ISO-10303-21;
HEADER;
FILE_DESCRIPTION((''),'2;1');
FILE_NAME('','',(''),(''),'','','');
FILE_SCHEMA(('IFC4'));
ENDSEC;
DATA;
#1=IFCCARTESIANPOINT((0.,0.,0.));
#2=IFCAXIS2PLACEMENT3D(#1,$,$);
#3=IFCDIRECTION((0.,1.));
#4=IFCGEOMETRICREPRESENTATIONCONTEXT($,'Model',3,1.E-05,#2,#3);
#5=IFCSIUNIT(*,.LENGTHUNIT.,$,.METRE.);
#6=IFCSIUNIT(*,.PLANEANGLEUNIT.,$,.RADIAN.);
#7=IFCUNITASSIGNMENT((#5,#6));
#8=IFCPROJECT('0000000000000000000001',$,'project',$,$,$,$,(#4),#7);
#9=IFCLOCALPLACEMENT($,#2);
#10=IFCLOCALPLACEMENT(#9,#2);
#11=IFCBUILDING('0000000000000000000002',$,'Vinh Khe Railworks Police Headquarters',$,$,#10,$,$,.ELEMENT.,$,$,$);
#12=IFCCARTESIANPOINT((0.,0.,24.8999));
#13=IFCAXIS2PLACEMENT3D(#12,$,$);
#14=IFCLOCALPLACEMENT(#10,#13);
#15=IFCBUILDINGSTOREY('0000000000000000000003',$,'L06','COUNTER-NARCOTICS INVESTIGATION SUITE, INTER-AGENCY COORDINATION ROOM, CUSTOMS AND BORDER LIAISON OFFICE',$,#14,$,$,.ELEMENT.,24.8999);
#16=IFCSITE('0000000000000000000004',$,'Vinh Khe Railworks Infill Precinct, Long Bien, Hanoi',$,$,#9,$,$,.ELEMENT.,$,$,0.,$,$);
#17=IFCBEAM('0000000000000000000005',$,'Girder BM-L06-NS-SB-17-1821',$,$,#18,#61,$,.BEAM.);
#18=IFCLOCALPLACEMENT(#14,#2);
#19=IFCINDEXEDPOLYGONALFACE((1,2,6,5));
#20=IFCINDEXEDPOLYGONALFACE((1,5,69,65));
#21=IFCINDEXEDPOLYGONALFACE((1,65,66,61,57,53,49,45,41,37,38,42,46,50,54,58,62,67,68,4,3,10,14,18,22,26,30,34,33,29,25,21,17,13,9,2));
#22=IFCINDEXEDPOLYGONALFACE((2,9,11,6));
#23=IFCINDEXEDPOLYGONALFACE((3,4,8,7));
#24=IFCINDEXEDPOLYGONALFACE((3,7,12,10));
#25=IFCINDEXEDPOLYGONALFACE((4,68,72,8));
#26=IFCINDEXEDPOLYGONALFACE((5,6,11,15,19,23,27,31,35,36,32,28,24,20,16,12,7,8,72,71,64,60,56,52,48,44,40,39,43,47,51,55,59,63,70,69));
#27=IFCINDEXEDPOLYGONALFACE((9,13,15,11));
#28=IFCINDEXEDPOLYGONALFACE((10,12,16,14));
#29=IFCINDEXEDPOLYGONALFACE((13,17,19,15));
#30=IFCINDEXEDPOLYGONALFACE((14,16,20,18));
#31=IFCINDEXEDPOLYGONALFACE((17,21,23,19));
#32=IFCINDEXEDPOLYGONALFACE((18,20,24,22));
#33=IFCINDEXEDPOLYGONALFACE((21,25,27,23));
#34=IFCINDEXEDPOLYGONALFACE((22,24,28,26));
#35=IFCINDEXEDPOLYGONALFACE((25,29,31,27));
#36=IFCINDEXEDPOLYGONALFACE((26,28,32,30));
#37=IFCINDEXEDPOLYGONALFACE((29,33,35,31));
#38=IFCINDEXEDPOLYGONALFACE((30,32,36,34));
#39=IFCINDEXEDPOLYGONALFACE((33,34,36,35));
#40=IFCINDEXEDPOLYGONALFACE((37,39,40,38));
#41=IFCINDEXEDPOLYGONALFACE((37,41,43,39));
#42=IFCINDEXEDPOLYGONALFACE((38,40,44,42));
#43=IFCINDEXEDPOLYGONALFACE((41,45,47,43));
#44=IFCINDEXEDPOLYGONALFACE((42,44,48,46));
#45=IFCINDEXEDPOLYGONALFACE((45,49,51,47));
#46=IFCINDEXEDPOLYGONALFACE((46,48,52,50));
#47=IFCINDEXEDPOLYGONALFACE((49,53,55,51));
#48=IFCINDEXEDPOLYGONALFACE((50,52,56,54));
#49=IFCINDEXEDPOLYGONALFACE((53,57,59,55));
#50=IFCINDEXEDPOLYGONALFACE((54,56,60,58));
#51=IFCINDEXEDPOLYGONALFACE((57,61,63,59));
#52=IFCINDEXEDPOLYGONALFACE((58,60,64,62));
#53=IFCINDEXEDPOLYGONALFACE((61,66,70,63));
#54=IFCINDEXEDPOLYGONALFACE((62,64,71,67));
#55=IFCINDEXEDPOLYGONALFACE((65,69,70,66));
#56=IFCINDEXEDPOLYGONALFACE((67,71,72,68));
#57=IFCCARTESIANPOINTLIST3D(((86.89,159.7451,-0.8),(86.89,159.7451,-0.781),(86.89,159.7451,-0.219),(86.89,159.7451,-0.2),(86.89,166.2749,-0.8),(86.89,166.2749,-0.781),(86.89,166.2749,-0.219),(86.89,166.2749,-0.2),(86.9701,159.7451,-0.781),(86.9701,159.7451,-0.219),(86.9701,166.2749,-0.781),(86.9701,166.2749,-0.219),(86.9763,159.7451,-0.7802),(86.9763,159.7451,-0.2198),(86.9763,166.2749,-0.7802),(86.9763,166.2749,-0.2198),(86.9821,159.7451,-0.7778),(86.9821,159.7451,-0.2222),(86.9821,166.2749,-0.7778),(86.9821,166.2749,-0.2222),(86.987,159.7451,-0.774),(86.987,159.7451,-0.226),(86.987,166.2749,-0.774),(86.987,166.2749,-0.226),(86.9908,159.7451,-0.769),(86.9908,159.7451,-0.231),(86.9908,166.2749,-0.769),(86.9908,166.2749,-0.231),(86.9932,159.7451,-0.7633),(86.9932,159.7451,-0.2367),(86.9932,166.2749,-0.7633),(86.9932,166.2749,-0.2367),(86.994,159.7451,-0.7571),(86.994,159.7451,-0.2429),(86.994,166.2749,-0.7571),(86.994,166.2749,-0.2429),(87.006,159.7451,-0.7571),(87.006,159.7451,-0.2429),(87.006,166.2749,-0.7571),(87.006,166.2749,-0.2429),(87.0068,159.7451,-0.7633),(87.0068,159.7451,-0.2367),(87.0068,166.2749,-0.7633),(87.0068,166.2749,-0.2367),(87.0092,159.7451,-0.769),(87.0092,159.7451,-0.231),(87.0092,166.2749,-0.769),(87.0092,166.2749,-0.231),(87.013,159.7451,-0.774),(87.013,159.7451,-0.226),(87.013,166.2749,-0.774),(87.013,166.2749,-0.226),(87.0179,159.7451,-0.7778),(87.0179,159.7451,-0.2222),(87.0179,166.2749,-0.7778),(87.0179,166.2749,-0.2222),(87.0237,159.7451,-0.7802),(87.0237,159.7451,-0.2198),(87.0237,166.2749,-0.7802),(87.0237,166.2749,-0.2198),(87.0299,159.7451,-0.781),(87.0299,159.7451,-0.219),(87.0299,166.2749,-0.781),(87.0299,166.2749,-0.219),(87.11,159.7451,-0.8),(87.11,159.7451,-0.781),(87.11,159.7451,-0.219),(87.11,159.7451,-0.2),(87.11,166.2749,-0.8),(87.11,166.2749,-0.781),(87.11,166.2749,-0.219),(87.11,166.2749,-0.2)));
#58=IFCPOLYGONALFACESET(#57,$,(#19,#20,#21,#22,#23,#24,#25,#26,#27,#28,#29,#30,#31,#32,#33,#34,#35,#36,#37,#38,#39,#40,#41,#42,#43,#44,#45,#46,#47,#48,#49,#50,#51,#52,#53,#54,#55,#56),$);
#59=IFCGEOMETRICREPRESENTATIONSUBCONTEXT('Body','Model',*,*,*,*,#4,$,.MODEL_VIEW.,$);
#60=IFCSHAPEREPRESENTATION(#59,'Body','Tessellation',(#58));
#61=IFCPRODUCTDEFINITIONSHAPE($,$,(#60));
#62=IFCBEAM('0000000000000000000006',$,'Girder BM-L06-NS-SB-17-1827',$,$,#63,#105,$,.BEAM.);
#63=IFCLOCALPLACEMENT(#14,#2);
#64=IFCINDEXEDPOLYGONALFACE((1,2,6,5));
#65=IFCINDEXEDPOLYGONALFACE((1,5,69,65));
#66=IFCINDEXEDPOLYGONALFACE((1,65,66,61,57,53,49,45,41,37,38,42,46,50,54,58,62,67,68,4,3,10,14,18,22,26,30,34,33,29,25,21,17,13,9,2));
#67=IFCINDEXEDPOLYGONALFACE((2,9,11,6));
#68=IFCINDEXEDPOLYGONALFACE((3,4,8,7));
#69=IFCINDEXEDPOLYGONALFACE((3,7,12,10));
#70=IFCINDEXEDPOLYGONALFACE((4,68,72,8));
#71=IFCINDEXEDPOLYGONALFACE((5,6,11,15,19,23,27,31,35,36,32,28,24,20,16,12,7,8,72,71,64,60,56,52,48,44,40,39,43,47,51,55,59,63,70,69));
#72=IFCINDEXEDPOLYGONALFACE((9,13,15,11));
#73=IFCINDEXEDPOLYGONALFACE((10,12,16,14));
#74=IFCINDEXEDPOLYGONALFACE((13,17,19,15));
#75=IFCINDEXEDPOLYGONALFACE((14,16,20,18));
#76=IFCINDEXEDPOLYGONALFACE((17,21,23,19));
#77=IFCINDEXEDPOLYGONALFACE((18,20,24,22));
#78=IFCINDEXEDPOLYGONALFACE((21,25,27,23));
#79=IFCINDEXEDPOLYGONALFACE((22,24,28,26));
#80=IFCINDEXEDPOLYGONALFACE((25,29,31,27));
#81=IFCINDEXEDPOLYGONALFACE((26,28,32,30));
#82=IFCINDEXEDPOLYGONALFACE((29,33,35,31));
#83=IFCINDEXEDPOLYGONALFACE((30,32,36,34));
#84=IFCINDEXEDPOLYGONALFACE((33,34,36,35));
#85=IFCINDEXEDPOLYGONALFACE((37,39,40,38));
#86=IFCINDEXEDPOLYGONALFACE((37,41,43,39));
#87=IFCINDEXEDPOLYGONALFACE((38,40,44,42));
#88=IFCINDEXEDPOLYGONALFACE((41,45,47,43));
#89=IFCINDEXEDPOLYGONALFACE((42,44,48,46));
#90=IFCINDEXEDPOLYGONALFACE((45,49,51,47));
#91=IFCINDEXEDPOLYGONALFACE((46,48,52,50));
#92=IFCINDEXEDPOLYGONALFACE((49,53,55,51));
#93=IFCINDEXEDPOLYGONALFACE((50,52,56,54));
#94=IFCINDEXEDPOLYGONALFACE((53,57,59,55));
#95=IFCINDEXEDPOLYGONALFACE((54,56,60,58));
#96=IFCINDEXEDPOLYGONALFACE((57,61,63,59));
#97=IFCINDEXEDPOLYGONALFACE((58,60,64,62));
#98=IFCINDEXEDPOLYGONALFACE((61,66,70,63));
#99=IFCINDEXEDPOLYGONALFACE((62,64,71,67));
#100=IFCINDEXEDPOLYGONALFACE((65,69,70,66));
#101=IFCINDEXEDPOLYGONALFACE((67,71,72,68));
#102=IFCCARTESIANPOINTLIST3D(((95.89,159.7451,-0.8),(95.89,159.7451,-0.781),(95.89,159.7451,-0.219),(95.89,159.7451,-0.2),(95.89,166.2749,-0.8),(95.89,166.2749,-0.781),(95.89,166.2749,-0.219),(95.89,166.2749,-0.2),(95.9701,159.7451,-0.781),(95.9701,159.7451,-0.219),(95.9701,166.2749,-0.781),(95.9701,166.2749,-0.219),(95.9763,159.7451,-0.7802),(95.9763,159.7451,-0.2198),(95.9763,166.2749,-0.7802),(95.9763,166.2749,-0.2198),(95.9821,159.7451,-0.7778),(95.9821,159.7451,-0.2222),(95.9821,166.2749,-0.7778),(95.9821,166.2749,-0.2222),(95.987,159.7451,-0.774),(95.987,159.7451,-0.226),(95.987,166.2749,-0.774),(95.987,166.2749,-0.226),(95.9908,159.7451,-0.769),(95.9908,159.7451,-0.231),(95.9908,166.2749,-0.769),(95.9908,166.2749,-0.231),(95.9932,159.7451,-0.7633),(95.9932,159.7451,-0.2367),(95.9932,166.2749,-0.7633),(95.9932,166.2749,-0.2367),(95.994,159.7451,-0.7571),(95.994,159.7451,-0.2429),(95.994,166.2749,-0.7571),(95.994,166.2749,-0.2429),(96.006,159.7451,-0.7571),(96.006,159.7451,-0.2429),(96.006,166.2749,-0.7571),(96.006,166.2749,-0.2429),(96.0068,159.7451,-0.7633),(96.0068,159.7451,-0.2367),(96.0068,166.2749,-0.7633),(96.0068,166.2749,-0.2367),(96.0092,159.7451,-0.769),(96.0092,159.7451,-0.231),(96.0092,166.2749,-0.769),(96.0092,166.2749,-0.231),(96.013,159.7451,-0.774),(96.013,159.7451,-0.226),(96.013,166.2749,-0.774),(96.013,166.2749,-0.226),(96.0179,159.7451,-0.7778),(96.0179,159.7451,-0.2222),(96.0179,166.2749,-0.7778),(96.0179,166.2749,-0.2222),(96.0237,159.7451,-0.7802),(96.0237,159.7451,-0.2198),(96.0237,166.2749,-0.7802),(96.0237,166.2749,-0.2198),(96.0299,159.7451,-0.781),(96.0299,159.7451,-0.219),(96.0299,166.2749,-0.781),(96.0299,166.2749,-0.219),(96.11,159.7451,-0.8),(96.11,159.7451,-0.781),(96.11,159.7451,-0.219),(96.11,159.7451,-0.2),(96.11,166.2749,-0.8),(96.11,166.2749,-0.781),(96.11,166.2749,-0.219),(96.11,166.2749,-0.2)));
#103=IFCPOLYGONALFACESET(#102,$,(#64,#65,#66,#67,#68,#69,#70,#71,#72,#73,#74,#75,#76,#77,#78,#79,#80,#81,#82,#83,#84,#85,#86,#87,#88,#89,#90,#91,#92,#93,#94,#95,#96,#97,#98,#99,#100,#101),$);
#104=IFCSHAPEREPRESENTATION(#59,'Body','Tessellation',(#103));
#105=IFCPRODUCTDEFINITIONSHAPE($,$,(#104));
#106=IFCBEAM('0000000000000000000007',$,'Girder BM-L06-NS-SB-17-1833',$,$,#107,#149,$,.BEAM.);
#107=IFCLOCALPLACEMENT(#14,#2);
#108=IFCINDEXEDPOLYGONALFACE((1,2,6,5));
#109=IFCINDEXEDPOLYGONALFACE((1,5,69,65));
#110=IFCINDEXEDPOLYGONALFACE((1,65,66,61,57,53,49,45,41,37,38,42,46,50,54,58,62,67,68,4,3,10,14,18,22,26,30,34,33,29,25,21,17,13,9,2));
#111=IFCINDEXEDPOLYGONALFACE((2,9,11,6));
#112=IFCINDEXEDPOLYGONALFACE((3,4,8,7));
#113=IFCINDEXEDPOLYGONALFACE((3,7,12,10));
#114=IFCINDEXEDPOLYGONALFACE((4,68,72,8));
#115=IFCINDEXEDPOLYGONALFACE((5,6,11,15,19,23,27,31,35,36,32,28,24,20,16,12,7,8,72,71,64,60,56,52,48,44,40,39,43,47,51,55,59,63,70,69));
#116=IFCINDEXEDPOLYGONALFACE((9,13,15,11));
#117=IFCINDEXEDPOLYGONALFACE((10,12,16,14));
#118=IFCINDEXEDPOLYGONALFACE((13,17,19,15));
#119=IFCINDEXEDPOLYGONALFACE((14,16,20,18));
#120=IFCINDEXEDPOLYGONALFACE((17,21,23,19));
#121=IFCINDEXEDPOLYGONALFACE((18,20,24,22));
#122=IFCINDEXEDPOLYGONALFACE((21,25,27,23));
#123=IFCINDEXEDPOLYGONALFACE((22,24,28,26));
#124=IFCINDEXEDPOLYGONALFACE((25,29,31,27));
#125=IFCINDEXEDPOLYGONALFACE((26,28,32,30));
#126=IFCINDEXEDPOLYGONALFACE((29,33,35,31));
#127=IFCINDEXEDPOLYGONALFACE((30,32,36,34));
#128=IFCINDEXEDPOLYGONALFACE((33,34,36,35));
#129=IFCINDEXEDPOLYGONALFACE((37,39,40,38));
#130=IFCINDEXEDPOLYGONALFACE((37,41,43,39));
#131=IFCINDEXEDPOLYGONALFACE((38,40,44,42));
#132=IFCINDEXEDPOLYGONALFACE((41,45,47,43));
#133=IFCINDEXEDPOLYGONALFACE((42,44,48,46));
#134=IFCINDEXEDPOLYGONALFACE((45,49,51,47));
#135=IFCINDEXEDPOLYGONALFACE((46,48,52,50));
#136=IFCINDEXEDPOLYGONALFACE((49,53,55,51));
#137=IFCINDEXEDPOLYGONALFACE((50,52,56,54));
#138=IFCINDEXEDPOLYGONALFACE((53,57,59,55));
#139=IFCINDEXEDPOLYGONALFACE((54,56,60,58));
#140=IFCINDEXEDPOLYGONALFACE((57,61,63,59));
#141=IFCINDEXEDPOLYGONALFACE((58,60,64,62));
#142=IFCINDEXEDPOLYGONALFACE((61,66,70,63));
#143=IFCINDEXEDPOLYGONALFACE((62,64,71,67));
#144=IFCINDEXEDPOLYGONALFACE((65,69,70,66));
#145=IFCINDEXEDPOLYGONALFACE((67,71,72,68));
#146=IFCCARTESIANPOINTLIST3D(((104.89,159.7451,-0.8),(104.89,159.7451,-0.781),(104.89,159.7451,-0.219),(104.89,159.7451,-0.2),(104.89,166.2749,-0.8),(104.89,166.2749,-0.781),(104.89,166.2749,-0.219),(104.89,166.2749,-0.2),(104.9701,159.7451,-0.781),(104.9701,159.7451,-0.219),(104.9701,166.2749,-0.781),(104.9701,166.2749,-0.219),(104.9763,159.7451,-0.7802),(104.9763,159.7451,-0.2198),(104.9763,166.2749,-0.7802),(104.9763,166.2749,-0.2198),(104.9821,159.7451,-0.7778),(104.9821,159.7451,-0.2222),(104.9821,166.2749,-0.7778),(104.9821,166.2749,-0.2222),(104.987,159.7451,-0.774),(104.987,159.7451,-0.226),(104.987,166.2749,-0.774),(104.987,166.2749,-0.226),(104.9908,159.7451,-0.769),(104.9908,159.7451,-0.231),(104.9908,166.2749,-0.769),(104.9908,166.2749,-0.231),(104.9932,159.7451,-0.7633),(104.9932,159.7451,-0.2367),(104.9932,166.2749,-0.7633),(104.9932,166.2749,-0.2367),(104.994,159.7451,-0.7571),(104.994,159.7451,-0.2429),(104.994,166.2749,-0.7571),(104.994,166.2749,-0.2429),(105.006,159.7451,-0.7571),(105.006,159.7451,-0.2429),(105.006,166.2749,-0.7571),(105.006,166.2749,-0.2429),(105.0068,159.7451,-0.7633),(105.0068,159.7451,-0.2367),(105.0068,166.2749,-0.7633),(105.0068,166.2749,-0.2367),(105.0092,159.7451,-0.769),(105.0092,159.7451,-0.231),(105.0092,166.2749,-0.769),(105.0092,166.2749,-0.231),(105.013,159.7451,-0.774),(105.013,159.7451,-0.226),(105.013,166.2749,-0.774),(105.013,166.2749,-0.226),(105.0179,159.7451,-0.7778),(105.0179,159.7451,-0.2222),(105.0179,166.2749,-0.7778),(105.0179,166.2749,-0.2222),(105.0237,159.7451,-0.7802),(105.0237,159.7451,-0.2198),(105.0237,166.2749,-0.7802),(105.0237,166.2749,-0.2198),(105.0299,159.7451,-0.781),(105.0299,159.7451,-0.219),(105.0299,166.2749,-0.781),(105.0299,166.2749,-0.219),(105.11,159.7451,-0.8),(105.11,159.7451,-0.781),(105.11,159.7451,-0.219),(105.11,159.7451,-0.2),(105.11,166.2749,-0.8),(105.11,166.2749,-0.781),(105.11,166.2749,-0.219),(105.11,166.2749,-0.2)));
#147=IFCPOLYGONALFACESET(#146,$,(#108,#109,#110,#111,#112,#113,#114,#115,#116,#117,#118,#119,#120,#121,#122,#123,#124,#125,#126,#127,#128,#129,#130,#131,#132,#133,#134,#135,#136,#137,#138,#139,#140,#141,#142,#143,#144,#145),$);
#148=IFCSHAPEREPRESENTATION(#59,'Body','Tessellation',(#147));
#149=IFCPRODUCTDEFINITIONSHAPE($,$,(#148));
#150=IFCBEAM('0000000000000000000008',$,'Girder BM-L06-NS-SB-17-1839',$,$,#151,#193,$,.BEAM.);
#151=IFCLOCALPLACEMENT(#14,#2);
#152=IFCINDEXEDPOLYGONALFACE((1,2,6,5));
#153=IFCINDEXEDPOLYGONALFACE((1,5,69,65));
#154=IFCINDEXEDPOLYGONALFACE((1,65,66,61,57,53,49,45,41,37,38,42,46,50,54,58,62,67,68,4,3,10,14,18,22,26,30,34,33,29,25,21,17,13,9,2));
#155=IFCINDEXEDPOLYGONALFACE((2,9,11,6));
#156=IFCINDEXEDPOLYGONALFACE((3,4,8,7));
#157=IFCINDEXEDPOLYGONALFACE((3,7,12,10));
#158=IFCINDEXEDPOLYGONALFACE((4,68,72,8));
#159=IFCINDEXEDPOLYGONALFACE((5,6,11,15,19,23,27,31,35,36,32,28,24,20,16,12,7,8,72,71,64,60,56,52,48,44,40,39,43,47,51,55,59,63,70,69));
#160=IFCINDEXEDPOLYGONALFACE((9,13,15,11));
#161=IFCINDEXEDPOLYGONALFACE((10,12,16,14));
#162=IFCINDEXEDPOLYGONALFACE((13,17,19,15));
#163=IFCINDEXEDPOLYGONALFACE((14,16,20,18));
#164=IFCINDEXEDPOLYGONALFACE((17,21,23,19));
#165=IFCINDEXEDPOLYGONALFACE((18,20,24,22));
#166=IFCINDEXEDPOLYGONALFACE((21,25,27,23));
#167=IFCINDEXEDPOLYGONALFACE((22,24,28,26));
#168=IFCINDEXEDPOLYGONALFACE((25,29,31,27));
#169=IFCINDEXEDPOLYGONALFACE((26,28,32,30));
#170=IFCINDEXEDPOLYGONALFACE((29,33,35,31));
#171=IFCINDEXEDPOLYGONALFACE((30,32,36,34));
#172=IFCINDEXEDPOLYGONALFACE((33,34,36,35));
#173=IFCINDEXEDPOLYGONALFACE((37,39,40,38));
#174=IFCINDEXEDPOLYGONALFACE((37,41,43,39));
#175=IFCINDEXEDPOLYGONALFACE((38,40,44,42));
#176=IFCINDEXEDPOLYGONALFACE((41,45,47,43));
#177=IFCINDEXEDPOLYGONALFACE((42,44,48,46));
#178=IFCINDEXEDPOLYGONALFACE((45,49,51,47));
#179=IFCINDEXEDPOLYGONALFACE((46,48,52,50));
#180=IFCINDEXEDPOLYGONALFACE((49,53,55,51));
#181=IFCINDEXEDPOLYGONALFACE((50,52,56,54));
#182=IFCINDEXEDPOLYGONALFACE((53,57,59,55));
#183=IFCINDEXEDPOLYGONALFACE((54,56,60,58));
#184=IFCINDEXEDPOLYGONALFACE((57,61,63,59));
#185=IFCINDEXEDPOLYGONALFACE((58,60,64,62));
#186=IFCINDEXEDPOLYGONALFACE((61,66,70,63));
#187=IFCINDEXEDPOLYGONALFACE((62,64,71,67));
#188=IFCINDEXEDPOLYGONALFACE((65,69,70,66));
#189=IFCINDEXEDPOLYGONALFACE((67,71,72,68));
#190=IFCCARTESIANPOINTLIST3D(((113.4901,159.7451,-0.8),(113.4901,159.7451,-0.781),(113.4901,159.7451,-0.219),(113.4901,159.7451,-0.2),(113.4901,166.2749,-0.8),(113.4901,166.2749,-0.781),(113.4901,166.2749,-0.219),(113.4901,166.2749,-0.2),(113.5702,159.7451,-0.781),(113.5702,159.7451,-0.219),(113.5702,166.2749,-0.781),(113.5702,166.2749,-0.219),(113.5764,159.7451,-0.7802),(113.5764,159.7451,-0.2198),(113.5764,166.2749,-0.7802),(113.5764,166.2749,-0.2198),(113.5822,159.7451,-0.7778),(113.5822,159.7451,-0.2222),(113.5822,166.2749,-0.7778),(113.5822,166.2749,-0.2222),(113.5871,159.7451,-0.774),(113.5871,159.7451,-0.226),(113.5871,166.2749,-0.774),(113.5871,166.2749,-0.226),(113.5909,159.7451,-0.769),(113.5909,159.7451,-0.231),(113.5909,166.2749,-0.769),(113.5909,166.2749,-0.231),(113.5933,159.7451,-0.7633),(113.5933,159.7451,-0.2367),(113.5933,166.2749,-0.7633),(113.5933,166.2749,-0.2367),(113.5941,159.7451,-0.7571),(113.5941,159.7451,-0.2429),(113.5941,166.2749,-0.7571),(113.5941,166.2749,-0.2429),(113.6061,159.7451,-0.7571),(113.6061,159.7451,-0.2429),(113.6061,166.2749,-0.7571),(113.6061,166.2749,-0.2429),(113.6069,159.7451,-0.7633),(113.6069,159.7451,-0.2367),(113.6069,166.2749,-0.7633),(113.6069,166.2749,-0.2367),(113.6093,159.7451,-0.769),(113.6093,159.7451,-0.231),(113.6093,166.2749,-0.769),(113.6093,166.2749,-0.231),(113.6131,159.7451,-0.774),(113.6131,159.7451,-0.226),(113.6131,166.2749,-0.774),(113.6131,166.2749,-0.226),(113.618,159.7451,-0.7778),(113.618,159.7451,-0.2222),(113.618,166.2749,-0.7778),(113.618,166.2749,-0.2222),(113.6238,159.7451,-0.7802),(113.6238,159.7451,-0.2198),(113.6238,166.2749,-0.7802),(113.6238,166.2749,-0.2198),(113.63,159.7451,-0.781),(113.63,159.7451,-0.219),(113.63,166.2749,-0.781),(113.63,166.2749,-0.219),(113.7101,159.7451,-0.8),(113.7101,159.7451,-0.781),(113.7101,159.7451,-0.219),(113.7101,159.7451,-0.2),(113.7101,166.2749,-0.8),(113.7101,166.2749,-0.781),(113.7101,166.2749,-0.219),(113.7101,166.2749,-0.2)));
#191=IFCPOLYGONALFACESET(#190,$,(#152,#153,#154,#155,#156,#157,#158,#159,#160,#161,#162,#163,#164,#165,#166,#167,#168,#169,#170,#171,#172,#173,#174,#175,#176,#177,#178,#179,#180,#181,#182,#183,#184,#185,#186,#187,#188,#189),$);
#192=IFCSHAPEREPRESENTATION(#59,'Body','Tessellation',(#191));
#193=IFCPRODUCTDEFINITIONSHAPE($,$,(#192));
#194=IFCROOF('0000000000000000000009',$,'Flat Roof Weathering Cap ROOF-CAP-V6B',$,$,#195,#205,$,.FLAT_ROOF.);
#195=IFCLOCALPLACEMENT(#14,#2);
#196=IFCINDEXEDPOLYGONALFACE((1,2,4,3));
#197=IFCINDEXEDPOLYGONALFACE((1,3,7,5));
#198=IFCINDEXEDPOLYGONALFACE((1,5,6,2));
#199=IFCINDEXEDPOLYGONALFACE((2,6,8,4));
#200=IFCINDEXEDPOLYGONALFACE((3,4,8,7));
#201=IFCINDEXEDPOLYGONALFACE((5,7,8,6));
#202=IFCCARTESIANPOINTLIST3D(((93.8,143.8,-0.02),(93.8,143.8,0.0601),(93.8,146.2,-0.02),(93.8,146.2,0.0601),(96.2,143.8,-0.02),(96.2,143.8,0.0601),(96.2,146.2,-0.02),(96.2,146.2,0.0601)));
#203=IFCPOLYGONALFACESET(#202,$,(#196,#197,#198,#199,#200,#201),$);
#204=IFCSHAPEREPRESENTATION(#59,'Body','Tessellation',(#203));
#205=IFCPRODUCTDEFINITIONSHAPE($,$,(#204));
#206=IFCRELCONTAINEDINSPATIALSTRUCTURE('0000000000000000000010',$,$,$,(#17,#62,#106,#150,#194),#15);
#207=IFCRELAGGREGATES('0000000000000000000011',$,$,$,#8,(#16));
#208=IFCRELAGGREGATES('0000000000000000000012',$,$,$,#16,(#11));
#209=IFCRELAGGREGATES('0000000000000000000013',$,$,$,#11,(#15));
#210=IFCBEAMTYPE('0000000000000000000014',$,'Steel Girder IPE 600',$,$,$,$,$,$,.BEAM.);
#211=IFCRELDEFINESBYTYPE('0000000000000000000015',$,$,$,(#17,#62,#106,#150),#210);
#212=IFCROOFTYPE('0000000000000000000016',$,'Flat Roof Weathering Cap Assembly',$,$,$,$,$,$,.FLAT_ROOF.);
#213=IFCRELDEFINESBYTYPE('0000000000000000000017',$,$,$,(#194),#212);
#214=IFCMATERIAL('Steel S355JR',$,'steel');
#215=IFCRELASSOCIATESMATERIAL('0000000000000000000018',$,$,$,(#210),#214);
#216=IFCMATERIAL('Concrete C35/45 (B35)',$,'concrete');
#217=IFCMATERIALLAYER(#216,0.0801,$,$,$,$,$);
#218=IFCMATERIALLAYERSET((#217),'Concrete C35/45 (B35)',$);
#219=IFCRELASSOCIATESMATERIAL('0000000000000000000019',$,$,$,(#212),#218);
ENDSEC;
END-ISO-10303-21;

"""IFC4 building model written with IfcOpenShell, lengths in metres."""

from ifc_helpers import new_model, si_unit, direction, frame, origin, origin_2d, place, context, subcontext, project, spatial, rectangle, i_section, extrude, material, layer, layer_set, material_profile, profile_set, type_object, element, save


model = new_model("IFC4")

# Units and contexts
model_context = context("Model", 3, precision=1e-05, world=origin(), true_north=direction((0.0, 1.0)))
body_context = subcontext(model_context, "Body", "Model", "MODEL_VIEW")
ifc_project = project(units=[si_unit("LENGTHUNIT", "METRE"), si_unit("PLANEANGLEUNIT", "RADIAN")], contexts=[model_context])

# Site, building, storey
site_placement = place(None, origin())
site = spatial("IfcSite", under=ifc_project, at=site_placement, Name="Vinh Khe Railworks Infill Precinct, Long Bien, Hanoi", CompositionType="ELEMENT", RefElevation=0.0)
building_placement = place(site_placement, origin())
building = spatial("IfcBuilding", under=site, at=building_placement, Name="Vinh Khe Railworks Police Headquarters", CompositionType="ELEMENT")
storey_placement = place(building_placement, frame((0.0, 0.0, 24.8999)))
storey = spatial("IfcBuildingStorey", under=building, at=storey_placement, Name="L06", Description="COUNTER-NARCOTICS INVESTIGATION SUITE, INTER-AGENCY COORDINATION ROOM, CUSTOMS AND BORDER LIAISON OFFICE", CompositionType="ELEMENT", Elevation=24.8999)

# Beams
ifc_material_1 = material(Name="Steel S355JR", Category="steel")
ifc_material_profile_1 = material_profile(ifc_material_1, i_section(OverallWidth=0.22, OverallDepth=0.6001, WebThickness=0.012, FlangeThickness=0.019, FilletRadius=0.0239, at=origin_2d()), Name="IPE 600")
ifc_profile_set_1 = profile_set([ifc_material_profile_1], Name="Steel S355JR")
beam_type_1 = type_object("IfcBeamType", Name="Steel Girder IPE 600", PredefinedType="BEAM", material=ifc_profile_set_1)
for number, where, z_axis, x_axis, name in (
    (1, (87.0, 159.7451, -0.5), (0.0, 1.0, 0.0), (-1.0, 0.0, 0.0), "Girder BM-L06-NS-SB-17-1821"),
    (2, (96.0, 159.7451, -0.5), (0.0, 1.0, 0.0), (-1.0, 0.0, 0.0), "Girder BM-L06-NS-SB-17-1827"),
    (3, (105.0, 159.7451, -0.5), (0.0, 1.0, 0.0), (-1.0, 0.0, 0.0), "Girder BM-L06-NS-SB-17-1833"),
    (4, (113.6001, 159.7451, -0.5), (0.0, 1.0, 0.0), (-1.0, 0.0, 0.0), "Girder BM-L06-NS-SB-17-1839"),
):
    element("IfcBeam", number, at=place(storey_placement, frame(where, z_axis=z_axis, x_axis=x_axis)), inside=storey, type_object=beam_type_1, Name=name, PredefinedType="BEAM", context=body_context, shape_type="SweptSolid", body=[
        extrude(i_section(OverallWidth=0.22, OverallDepth=0.6001, WebThickness=0.012, FlangeThickness=0.019, FilletRadius=0.0239, at=origin_2d()), origin(), (0.0, 0.0, 1.0), 6.5298),
    ])

# Roof
ifc_material_2 = material(Name="Concrete C35/45 (B35)", Category="concrete")
ifc_layer = layer(ifc_material_2, 0.0801)
ifc_layer_set = layer_set([ifc_layer], Name="Concrete C35/45 (B35)")
roof_type = type_object("IfcRoofType", Name="Flat Roof Weathering Cap Assembly", PredefinedType="FLAT_ROOF", material=ifc_layer_set)
roof_placement = place(storey_placement, frame((95.0, 145.0, -0.02), z_axis=(0.0, 0.0, 1.0), x_axis=(1.0, 0.0, 0.0)))
element("IfcRoof", 5, at=roof_placement, inside=storey, type_object=roof_type, Name="Flat Roof Weathering Cap ROOF-CAP-V6B", PredefinedType="FLAT_ROOF", context=body_context, shape_type="SweptSolid", body=[
    extrude(rectangle(XDim=2.3999, YDim=2.3999, at=origin_2d()), origin(), (0.0, 0.0, 1.0), 0.0801),
])

save(model, "model.ifc")
